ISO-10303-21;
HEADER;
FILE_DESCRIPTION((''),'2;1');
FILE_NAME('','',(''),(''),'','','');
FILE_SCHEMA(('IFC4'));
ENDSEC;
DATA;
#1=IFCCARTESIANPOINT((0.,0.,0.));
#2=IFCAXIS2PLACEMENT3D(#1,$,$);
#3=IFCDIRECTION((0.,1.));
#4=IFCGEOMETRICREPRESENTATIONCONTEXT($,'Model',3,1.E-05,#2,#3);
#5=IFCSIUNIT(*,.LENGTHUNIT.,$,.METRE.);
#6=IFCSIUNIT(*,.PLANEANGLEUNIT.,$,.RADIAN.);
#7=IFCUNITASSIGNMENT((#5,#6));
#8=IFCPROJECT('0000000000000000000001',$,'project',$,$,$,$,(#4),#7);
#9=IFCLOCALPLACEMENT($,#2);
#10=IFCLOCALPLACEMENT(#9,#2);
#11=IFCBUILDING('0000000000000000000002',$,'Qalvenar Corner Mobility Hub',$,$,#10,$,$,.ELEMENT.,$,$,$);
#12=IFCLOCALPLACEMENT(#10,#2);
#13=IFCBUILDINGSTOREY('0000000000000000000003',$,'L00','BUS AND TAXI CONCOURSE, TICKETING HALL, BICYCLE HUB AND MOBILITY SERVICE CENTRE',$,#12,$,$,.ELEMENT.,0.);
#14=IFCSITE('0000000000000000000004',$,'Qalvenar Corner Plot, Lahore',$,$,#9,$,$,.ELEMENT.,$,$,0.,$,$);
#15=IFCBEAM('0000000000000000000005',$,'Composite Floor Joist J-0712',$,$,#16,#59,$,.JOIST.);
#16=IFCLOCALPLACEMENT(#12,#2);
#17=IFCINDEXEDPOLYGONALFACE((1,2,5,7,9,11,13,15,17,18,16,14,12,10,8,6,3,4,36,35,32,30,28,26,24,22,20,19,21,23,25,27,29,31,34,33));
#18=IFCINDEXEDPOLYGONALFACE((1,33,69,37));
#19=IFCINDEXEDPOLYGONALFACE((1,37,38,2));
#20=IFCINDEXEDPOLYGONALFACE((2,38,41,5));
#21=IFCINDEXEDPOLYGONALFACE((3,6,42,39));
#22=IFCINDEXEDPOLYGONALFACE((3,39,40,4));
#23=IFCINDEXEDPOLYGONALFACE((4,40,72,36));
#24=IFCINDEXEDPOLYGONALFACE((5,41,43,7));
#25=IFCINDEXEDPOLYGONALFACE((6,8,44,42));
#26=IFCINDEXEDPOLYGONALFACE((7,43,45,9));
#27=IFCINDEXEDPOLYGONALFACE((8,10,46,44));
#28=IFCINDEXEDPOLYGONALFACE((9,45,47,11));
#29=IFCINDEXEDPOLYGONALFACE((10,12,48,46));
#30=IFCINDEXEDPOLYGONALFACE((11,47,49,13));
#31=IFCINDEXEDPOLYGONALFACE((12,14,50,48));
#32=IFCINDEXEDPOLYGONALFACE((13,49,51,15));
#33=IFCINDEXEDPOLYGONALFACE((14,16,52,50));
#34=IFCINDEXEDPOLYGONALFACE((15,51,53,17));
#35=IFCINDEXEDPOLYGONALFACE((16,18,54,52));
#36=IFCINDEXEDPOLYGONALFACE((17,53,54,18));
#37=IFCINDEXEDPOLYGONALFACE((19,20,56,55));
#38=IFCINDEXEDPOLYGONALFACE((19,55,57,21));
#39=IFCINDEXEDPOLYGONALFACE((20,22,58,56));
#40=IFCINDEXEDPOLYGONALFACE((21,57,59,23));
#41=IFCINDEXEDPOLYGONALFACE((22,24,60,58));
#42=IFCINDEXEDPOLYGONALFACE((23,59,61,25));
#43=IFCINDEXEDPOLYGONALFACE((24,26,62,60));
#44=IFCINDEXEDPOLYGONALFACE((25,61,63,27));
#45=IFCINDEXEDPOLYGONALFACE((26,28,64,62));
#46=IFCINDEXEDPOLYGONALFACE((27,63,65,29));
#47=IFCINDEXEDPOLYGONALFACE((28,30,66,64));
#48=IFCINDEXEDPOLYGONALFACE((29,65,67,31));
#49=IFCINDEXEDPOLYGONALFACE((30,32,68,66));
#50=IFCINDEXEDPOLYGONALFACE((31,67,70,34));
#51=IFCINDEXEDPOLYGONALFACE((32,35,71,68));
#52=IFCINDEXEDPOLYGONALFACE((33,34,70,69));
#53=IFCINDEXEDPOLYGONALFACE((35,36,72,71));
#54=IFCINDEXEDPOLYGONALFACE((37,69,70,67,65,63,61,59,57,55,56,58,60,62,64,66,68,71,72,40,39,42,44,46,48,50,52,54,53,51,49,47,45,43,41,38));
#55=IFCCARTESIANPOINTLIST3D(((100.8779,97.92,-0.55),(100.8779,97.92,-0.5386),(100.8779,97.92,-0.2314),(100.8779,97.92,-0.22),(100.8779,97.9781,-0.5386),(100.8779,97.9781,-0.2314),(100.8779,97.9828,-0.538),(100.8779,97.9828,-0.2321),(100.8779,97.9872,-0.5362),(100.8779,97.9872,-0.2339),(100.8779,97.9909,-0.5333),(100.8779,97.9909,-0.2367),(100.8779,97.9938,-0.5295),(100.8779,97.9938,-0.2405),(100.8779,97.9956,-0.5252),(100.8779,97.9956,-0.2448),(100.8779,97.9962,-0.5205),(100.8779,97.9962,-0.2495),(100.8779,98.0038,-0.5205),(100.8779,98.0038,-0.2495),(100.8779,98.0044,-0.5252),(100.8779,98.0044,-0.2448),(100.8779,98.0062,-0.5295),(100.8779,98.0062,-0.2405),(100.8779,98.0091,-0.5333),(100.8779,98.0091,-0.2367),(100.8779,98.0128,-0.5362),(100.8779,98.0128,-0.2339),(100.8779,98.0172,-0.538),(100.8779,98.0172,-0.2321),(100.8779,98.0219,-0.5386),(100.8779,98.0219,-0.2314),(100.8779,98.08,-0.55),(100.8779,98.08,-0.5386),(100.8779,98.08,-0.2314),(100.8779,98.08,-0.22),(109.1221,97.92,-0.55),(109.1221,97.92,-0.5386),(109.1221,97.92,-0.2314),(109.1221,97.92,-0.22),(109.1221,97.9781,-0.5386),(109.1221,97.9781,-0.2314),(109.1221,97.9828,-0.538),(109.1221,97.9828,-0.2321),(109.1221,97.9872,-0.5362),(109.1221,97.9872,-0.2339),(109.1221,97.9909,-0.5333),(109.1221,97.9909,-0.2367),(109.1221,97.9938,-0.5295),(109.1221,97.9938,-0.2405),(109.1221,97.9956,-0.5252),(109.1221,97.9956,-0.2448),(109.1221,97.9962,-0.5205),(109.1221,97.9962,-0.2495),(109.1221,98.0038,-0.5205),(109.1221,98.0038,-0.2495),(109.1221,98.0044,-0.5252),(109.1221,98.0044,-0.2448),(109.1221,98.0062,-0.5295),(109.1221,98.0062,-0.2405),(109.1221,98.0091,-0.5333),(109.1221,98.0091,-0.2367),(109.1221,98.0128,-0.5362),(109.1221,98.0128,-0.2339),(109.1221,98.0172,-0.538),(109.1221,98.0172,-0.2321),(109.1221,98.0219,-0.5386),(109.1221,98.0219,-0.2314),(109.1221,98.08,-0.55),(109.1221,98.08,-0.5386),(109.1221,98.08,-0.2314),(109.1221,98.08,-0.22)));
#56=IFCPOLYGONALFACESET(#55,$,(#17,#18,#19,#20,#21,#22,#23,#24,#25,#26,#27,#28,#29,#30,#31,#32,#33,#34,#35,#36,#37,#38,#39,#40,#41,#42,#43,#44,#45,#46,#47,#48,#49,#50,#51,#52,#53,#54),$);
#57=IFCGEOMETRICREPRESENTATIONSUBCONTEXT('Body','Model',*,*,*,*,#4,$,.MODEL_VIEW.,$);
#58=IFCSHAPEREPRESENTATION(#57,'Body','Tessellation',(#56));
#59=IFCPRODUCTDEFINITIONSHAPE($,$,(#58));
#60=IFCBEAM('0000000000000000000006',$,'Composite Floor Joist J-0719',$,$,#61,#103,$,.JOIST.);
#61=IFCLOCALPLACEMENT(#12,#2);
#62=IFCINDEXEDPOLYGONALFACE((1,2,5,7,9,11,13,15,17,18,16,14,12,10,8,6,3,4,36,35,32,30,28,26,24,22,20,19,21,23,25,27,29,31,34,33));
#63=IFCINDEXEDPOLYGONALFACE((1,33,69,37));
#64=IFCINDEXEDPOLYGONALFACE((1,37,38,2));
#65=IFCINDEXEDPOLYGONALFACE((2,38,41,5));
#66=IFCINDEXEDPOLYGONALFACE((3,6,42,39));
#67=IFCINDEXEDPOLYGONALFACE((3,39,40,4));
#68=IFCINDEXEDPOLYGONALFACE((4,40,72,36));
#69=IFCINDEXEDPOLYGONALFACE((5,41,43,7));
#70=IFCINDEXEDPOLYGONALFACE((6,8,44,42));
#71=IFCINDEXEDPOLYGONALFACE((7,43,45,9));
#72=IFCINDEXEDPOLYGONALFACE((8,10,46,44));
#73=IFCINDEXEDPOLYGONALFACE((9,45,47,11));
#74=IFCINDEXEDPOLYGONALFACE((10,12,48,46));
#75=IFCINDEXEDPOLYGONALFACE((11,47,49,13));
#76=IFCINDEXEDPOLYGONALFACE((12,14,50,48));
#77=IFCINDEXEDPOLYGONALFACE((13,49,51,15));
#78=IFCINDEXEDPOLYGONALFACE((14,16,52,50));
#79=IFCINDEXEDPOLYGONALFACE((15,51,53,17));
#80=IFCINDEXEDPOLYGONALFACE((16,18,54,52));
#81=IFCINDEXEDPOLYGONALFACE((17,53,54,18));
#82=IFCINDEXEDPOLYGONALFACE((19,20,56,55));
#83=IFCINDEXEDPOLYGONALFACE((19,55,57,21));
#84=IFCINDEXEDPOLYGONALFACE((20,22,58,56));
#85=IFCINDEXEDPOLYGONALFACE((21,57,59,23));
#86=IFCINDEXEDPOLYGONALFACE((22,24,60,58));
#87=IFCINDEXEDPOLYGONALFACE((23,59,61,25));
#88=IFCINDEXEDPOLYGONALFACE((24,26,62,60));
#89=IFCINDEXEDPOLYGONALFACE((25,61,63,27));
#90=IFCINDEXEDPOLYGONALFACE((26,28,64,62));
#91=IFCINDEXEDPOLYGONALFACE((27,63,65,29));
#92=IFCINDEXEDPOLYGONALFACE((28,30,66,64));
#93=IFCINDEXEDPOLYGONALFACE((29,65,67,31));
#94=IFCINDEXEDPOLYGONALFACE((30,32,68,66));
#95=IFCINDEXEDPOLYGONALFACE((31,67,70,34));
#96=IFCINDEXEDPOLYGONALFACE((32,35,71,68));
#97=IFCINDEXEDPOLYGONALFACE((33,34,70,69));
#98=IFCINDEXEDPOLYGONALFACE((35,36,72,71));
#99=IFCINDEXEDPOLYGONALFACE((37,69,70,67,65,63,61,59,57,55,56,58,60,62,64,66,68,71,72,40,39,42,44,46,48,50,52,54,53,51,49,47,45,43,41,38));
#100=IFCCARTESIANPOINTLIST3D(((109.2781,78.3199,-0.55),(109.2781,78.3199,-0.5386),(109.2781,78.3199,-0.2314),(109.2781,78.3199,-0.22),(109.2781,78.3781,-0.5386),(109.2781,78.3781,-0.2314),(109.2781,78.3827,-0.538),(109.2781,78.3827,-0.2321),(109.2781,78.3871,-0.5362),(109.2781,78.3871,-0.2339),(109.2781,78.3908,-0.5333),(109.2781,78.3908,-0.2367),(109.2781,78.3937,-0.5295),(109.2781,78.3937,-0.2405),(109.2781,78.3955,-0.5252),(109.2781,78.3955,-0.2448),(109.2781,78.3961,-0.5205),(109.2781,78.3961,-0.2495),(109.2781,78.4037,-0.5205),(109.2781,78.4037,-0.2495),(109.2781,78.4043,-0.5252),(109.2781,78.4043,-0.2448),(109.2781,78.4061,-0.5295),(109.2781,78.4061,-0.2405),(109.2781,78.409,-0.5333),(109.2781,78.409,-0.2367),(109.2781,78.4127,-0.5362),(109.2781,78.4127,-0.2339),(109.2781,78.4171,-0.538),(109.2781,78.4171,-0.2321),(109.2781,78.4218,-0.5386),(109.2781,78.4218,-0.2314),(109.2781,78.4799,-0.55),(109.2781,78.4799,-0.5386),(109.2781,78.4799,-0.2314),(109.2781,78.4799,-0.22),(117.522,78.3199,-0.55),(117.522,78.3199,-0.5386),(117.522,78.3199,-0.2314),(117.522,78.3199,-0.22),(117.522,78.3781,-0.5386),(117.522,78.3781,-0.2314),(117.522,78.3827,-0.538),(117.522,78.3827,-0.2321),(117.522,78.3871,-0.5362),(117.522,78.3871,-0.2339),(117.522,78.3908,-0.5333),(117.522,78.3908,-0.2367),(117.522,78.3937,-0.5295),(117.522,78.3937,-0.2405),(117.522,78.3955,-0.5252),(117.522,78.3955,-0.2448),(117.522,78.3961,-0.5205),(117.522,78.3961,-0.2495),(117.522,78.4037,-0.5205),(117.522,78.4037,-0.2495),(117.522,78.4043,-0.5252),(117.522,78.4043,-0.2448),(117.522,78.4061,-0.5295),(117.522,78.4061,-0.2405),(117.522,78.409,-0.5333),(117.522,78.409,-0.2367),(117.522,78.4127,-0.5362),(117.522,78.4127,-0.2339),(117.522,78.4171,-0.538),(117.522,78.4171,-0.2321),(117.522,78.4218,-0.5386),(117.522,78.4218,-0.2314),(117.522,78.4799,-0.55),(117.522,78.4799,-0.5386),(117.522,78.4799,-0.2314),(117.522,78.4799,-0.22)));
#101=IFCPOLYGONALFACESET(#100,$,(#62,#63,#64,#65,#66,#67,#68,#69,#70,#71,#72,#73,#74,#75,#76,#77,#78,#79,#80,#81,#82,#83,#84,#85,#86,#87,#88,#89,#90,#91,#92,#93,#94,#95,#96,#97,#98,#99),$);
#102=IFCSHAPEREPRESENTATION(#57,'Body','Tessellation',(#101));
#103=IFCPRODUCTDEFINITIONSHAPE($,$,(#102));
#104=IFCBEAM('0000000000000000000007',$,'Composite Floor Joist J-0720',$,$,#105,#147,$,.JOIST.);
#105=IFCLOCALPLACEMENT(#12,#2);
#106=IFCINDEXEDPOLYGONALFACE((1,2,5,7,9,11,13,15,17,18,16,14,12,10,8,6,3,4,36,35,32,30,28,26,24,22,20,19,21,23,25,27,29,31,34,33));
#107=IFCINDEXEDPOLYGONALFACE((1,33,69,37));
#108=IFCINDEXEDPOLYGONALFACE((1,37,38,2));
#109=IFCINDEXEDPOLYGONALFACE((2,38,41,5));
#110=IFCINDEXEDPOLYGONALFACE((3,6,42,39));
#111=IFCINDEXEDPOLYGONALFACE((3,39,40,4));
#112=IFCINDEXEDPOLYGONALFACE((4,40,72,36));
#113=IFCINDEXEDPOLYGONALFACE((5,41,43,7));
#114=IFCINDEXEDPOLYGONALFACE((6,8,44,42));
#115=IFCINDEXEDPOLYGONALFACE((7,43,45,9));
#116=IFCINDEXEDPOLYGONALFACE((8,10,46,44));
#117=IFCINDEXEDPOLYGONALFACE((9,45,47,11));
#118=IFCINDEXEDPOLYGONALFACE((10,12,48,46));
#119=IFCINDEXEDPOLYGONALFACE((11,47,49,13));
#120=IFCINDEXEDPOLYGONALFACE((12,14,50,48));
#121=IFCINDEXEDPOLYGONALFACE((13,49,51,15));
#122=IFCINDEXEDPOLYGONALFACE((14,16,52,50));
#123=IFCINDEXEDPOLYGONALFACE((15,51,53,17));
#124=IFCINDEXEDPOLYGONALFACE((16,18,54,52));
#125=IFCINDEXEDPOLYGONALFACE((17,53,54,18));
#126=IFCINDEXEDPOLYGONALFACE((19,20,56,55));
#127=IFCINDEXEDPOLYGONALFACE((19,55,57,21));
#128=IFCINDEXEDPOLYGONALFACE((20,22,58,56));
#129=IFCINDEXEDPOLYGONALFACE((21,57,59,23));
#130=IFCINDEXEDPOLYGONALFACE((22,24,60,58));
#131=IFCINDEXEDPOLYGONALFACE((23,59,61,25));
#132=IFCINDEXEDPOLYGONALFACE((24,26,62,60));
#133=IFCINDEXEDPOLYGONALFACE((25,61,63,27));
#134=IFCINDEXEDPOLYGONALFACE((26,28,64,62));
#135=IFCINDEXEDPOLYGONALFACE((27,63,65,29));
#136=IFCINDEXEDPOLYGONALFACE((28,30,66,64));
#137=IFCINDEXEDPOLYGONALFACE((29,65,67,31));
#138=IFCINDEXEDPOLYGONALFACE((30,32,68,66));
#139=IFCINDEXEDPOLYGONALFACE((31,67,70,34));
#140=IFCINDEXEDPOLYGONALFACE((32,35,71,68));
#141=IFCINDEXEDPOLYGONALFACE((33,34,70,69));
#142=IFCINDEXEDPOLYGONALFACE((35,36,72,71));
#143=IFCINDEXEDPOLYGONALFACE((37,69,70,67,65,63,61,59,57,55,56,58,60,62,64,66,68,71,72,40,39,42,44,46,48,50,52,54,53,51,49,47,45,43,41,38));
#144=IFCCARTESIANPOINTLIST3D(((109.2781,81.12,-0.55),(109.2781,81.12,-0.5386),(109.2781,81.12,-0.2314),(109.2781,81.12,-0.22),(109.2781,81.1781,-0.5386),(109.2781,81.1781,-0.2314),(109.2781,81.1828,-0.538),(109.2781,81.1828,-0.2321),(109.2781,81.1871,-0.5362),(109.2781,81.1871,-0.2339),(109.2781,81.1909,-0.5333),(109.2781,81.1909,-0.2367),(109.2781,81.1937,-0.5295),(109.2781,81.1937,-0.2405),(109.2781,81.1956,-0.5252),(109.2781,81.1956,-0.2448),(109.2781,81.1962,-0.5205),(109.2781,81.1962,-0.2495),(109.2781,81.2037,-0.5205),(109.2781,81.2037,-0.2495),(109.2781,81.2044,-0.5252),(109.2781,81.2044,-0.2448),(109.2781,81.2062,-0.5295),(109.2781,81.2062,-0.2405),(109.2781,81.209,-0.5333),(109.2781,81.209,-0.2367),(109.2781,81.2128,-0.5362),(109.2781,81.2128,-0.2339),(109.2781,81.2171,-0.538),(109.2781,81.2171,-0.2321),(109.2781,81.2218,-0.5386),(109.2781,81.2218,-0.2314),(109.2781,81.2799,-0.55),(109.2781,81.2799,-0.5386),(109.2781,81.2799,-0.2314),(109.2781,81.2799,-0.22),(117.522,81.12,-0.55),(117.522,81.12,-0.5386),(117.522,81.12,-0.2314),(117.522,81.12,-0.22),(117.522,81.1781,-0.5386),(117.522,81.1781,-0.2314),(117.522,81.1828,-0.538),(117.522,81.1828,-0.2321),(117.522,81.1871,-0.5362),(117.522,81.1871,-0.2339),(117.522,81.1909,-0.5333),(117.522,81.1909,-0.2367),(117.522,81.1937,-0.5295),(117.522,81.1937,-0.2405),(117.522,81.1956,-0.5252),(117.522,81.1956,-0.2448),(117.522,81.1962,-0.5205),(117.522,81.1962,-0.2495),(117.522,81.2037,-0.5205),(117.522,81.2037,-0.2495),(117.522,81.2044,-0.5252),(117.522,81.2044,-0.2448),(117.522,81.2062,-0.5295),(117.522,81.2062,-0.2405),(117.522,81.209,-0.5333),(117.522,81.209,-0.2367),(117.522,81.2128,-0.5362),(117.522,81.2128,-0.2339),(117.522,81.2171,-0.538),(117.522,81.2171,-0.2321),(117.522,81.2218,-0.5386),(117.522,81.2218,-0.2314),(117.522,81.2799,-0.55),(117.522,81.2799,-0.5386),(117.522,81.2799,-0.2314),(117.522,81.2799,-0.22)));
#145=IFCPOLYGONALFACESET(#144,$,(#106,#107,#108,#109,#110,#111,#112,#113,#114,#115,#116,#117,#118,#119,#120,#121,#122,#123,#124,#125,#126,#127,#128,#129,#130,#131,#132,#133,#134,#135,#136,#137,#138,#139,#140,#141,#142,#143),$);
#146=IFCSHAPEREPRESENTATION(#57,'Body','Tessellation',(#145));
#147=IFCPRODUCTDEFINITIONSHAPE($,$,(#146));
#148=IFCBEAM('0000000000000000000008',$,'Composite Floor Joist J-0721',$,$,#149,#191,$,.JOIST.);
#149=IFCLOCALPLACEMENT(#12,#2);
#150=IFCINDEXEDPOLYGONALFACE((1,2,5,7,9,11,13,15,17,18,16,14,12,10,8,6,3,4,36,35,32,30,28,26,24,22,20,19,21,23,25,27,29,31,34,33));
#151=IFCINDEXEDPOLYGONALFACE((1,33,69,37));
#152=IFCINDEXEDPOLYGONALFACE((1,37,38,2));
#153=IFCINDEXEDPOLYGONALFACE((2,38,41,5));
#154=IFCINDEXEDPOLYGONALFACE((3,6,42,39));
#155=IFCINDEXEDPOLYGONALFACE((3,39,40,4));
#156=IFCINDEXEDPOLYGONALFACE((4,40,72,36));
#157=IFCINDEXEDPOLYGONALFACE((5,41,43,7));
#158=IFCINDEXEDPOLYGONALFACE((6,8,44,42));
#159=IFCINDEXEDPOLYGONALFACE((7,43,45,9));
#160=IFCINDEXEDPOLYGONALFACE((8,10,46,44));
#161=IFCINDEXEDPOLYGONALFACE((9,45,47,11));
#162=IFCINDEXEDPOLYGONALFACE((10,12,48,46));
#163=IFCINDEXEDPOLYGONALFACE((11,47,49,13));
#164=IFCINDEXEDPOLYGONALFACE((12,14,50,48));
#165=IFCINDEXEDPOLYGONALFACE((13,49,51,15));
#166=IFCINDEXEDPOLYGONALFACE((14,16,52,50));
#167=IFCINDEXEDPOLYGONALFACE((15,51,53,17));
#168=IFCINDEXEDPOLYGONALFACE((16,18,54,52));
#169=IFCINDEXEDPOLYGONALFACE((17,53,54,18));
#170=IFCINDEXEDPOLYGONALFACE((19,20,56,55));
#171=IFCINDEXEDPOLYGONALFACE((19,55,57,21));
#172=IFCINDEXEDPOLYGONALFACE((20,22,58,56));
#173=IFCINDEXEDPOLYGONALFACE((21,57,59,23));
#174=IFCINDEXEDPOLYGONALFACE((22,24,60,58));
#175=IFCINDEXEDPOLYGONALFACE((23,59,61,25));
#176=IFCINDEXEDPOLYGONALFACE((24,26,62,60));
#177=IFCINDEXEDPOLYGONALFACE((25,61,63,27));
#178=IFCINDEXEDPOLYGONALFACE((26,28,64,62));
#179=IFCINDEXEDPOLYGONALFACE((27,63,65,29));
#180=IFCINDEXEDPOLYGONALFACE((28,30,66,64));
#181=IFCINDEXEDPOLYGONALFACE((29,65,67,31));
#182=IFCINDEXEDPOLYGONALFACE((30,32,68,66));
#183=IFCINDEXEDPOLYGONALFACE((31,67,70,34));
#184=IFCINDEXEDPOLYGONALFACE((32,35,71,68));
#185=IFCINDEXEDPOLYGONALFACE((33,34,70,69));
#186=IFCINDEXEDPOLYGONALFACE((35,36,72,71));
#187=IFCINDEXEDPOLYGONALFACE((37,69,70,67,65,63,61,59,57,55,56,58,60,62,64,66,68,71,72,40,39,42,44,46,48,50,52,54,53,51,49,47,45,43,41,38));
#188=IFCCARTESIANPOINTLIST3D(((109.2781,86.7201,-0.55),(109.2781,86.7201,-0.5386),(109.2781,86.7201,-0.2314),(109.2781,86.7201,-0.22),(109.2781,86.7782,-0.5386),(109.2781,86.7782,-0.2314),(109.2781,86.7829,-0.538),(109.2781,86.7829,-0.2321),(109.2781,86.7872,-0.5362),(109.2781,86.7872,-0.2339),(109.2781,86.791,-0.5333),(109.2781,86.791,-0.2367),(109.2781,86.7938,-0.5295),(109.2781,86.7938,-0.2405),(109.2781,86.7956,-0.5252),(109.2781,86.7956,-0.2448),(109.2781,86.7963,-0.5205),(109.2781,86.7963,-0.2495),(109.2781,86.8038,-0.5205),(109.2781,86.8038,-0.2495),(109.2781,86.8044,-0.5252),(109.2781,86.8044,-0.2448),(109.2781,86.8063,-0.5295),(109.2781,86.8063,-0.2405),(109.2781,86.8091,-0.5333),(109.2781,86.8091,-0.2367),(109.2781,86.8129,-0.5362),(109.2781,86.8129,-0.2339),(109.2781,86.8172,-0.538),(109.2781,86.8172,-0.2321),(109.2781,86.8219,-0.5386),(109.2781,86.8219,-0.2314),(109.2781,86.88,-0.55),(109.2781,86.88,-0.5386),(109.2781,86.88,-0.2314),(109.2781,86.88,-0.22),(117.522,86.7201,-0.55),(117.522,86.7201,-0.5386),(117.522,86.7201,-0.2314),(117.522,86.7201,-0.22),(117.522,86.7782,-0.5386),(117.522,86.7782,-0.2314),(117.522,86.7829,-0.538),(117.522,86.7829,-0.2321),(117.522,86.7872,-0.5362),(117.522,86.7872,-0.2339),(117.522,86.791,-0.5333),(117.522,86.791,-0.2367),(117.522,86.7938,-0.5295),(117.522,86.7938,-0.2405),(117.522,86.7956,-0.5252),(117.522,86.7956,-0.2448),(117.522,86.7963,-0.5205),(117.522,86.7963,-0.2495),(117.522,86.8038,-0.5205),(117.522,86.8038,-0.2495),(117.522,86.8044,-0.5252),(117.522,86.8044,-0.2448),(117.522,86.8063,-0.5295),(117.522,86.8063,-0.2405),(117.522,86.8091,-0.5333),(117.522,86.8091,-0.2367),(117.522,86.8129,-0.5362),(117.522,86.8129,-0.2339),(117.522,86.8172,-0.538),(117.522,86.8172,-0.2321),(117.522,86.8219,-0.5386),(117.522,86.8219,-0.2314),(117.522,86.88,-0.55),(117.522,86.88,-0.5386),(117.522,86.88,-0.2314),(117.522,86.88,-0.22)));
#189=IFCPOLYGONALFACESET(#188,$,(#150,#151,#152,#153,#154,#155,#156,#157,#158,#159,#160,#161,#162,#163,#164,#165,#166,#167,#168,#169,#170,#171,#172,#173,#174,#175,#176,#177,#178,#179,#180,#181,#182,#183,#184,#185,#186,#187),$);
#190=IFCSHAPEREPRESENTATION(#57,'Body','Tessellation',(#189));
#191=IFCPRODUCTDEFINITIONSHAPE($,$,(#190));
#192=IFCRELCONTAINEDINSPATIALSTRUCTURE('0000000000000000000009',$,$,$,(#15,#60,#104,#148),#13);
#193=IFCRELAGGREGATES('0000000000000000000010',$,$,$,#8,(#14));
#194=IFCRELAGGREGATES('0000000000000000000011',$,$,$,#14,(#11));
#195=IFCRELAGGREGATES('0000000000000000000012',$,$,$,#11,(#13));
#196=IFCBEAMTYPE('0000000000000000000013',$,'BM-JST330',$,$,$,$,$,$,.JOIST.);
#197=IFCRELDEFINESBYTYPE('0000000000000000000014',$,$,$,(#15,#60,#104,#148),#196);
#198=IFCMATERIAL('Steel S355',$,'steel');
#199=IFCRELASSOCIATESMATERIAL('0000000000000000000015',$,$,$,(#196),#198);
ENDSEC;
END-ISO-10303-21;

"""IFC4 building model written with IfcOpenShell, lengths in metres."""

from ifc_helpers import new_model, si_unit, direction, frame, origin, origin_2d, place, context, subcontext, project, spatial, i_section, extrude, material, material_profile, profile_set, type_object, element, save


model = new_model("IFC4")

# Units and contexts
model_context = context("Model", 3, precision=1e-05, world=origin(), true_north=direction((0.0, 1.0)))
body_context = subcontext(model_context, "Body", "Model", "MODEL_VIEW")
ifc_project = project(units=[si_unit("LENGTHUNIT", "METRE"), si_unit("PLANEANGLEUNIT", "RADIAN")], contexts=[model_context])

# Site, building, storey
site_placement = place(None, origin())
site = spatial("IfcSite", under=ifc_project, at=site_placement, Name="Qalvenar Corner Plot, Lahore", CompositionType="ELEMENT", RefElevation=0.0)
building_placement = place(site_placement, origin())
building = spatial("IfcBuilding", under=site, at=building_placement, Name="Qalvenar Corner Mobility Hub", CompositionType="ELEMENT")
storey_placement = place(building_placement, origin())
storey = spatial("IfcBuildingStorey", under=building, at=storey_placement, Name="L00", Description="BUS AND TAXI CONCOURSE, TICKETING HALL, BICYCLE HUB AND MOBILITY SERVICE CENTRE", CompositionType="ELEMENT", Elevation=0.0)

# Shared definitions
ifc_material = material(Name="Steel S355", Category="steel")

# Beams
ifc_material_profile_1 = material_profile(ifc_material, i_section(OverallWidth=0.1599, OverallDepth=0.3301, WebThickness=0.0076, FlangeThickness=0.0115, FilletRadius=0.0181, at=origin_2d()), Name="IPE330")
ifc_profile_set_1 = profile_set([ifc_material_profile_1], Name="Steel S355")
beam_type_1 = type_object("IfcBeamType", Name="BM-JST330", PredefinedType="JOIST", material=ifc_profile_set_1)
for number, where, z_axis, x_axis, name in (
    (1, (100.8779, 98.0, -0.385), (1.0, 0.0, 0.0), (0.0, 1.0, 0.0), "Composite Floor Joist J-0712"),
):
    element("IfcBeam", number, at=place(storey_placement, frame(where, z_axis=z_axis, x_axis=x_axis)), inside=storey, type_object=beam_type_1, Name=name, PredefinedType="JOIST", context=body_context, shape_type="SweptSolid", body=[
        extrude(i_section(OverallWidth=0.1599, OverallDepth=0.3301, WebThickness=0.0076, FlangeThickness=0.0115, FilletRadius=0.0181, at=origin_2d()), origin(), (0.0, 0.0, 1.0), 8.2441),
    ])
for number, where, z_axis, x_axis, name in (
    (2, (109.2781, 78.3999, -0.385), (1.0, 0.0, 0.0), (0.0, 1.0, 0.0), "Composite Floor Joist J-0719"),
    (3, (109.2781, 81.2, -0.385), (1.0, 0.0, 0.0), (0.0, 1.0, 0.0), "Composite Floor Joist J-0720"),
    (4, (109.2781, 86.8, -0.385), (1.0, 0.0, 0.0), (0.0, 1.0, 0.0), "Composite Floor Joist J-0721"),
):
    element("IfcBeam", number, at=place(storey_placement, frame(where, z_axis=z_axis, x_axis=x_axis)), inside=storey, type_object=beam_type_1, Name=name, PredefinedType="JOIST", context=body_context, shape_type="SweptSolid", body=[
        extrude(i_section(OverallWidth=0.1599, OverallDepth=0.3301, WebThickness=0.0076, FlangeThickness=0.0115, FilletRadius=0.0181, at=origin_2d()), origin(), (0.0, 0.0, 1.0), 8.2439),
    ])

save(model, "model.ifc")
